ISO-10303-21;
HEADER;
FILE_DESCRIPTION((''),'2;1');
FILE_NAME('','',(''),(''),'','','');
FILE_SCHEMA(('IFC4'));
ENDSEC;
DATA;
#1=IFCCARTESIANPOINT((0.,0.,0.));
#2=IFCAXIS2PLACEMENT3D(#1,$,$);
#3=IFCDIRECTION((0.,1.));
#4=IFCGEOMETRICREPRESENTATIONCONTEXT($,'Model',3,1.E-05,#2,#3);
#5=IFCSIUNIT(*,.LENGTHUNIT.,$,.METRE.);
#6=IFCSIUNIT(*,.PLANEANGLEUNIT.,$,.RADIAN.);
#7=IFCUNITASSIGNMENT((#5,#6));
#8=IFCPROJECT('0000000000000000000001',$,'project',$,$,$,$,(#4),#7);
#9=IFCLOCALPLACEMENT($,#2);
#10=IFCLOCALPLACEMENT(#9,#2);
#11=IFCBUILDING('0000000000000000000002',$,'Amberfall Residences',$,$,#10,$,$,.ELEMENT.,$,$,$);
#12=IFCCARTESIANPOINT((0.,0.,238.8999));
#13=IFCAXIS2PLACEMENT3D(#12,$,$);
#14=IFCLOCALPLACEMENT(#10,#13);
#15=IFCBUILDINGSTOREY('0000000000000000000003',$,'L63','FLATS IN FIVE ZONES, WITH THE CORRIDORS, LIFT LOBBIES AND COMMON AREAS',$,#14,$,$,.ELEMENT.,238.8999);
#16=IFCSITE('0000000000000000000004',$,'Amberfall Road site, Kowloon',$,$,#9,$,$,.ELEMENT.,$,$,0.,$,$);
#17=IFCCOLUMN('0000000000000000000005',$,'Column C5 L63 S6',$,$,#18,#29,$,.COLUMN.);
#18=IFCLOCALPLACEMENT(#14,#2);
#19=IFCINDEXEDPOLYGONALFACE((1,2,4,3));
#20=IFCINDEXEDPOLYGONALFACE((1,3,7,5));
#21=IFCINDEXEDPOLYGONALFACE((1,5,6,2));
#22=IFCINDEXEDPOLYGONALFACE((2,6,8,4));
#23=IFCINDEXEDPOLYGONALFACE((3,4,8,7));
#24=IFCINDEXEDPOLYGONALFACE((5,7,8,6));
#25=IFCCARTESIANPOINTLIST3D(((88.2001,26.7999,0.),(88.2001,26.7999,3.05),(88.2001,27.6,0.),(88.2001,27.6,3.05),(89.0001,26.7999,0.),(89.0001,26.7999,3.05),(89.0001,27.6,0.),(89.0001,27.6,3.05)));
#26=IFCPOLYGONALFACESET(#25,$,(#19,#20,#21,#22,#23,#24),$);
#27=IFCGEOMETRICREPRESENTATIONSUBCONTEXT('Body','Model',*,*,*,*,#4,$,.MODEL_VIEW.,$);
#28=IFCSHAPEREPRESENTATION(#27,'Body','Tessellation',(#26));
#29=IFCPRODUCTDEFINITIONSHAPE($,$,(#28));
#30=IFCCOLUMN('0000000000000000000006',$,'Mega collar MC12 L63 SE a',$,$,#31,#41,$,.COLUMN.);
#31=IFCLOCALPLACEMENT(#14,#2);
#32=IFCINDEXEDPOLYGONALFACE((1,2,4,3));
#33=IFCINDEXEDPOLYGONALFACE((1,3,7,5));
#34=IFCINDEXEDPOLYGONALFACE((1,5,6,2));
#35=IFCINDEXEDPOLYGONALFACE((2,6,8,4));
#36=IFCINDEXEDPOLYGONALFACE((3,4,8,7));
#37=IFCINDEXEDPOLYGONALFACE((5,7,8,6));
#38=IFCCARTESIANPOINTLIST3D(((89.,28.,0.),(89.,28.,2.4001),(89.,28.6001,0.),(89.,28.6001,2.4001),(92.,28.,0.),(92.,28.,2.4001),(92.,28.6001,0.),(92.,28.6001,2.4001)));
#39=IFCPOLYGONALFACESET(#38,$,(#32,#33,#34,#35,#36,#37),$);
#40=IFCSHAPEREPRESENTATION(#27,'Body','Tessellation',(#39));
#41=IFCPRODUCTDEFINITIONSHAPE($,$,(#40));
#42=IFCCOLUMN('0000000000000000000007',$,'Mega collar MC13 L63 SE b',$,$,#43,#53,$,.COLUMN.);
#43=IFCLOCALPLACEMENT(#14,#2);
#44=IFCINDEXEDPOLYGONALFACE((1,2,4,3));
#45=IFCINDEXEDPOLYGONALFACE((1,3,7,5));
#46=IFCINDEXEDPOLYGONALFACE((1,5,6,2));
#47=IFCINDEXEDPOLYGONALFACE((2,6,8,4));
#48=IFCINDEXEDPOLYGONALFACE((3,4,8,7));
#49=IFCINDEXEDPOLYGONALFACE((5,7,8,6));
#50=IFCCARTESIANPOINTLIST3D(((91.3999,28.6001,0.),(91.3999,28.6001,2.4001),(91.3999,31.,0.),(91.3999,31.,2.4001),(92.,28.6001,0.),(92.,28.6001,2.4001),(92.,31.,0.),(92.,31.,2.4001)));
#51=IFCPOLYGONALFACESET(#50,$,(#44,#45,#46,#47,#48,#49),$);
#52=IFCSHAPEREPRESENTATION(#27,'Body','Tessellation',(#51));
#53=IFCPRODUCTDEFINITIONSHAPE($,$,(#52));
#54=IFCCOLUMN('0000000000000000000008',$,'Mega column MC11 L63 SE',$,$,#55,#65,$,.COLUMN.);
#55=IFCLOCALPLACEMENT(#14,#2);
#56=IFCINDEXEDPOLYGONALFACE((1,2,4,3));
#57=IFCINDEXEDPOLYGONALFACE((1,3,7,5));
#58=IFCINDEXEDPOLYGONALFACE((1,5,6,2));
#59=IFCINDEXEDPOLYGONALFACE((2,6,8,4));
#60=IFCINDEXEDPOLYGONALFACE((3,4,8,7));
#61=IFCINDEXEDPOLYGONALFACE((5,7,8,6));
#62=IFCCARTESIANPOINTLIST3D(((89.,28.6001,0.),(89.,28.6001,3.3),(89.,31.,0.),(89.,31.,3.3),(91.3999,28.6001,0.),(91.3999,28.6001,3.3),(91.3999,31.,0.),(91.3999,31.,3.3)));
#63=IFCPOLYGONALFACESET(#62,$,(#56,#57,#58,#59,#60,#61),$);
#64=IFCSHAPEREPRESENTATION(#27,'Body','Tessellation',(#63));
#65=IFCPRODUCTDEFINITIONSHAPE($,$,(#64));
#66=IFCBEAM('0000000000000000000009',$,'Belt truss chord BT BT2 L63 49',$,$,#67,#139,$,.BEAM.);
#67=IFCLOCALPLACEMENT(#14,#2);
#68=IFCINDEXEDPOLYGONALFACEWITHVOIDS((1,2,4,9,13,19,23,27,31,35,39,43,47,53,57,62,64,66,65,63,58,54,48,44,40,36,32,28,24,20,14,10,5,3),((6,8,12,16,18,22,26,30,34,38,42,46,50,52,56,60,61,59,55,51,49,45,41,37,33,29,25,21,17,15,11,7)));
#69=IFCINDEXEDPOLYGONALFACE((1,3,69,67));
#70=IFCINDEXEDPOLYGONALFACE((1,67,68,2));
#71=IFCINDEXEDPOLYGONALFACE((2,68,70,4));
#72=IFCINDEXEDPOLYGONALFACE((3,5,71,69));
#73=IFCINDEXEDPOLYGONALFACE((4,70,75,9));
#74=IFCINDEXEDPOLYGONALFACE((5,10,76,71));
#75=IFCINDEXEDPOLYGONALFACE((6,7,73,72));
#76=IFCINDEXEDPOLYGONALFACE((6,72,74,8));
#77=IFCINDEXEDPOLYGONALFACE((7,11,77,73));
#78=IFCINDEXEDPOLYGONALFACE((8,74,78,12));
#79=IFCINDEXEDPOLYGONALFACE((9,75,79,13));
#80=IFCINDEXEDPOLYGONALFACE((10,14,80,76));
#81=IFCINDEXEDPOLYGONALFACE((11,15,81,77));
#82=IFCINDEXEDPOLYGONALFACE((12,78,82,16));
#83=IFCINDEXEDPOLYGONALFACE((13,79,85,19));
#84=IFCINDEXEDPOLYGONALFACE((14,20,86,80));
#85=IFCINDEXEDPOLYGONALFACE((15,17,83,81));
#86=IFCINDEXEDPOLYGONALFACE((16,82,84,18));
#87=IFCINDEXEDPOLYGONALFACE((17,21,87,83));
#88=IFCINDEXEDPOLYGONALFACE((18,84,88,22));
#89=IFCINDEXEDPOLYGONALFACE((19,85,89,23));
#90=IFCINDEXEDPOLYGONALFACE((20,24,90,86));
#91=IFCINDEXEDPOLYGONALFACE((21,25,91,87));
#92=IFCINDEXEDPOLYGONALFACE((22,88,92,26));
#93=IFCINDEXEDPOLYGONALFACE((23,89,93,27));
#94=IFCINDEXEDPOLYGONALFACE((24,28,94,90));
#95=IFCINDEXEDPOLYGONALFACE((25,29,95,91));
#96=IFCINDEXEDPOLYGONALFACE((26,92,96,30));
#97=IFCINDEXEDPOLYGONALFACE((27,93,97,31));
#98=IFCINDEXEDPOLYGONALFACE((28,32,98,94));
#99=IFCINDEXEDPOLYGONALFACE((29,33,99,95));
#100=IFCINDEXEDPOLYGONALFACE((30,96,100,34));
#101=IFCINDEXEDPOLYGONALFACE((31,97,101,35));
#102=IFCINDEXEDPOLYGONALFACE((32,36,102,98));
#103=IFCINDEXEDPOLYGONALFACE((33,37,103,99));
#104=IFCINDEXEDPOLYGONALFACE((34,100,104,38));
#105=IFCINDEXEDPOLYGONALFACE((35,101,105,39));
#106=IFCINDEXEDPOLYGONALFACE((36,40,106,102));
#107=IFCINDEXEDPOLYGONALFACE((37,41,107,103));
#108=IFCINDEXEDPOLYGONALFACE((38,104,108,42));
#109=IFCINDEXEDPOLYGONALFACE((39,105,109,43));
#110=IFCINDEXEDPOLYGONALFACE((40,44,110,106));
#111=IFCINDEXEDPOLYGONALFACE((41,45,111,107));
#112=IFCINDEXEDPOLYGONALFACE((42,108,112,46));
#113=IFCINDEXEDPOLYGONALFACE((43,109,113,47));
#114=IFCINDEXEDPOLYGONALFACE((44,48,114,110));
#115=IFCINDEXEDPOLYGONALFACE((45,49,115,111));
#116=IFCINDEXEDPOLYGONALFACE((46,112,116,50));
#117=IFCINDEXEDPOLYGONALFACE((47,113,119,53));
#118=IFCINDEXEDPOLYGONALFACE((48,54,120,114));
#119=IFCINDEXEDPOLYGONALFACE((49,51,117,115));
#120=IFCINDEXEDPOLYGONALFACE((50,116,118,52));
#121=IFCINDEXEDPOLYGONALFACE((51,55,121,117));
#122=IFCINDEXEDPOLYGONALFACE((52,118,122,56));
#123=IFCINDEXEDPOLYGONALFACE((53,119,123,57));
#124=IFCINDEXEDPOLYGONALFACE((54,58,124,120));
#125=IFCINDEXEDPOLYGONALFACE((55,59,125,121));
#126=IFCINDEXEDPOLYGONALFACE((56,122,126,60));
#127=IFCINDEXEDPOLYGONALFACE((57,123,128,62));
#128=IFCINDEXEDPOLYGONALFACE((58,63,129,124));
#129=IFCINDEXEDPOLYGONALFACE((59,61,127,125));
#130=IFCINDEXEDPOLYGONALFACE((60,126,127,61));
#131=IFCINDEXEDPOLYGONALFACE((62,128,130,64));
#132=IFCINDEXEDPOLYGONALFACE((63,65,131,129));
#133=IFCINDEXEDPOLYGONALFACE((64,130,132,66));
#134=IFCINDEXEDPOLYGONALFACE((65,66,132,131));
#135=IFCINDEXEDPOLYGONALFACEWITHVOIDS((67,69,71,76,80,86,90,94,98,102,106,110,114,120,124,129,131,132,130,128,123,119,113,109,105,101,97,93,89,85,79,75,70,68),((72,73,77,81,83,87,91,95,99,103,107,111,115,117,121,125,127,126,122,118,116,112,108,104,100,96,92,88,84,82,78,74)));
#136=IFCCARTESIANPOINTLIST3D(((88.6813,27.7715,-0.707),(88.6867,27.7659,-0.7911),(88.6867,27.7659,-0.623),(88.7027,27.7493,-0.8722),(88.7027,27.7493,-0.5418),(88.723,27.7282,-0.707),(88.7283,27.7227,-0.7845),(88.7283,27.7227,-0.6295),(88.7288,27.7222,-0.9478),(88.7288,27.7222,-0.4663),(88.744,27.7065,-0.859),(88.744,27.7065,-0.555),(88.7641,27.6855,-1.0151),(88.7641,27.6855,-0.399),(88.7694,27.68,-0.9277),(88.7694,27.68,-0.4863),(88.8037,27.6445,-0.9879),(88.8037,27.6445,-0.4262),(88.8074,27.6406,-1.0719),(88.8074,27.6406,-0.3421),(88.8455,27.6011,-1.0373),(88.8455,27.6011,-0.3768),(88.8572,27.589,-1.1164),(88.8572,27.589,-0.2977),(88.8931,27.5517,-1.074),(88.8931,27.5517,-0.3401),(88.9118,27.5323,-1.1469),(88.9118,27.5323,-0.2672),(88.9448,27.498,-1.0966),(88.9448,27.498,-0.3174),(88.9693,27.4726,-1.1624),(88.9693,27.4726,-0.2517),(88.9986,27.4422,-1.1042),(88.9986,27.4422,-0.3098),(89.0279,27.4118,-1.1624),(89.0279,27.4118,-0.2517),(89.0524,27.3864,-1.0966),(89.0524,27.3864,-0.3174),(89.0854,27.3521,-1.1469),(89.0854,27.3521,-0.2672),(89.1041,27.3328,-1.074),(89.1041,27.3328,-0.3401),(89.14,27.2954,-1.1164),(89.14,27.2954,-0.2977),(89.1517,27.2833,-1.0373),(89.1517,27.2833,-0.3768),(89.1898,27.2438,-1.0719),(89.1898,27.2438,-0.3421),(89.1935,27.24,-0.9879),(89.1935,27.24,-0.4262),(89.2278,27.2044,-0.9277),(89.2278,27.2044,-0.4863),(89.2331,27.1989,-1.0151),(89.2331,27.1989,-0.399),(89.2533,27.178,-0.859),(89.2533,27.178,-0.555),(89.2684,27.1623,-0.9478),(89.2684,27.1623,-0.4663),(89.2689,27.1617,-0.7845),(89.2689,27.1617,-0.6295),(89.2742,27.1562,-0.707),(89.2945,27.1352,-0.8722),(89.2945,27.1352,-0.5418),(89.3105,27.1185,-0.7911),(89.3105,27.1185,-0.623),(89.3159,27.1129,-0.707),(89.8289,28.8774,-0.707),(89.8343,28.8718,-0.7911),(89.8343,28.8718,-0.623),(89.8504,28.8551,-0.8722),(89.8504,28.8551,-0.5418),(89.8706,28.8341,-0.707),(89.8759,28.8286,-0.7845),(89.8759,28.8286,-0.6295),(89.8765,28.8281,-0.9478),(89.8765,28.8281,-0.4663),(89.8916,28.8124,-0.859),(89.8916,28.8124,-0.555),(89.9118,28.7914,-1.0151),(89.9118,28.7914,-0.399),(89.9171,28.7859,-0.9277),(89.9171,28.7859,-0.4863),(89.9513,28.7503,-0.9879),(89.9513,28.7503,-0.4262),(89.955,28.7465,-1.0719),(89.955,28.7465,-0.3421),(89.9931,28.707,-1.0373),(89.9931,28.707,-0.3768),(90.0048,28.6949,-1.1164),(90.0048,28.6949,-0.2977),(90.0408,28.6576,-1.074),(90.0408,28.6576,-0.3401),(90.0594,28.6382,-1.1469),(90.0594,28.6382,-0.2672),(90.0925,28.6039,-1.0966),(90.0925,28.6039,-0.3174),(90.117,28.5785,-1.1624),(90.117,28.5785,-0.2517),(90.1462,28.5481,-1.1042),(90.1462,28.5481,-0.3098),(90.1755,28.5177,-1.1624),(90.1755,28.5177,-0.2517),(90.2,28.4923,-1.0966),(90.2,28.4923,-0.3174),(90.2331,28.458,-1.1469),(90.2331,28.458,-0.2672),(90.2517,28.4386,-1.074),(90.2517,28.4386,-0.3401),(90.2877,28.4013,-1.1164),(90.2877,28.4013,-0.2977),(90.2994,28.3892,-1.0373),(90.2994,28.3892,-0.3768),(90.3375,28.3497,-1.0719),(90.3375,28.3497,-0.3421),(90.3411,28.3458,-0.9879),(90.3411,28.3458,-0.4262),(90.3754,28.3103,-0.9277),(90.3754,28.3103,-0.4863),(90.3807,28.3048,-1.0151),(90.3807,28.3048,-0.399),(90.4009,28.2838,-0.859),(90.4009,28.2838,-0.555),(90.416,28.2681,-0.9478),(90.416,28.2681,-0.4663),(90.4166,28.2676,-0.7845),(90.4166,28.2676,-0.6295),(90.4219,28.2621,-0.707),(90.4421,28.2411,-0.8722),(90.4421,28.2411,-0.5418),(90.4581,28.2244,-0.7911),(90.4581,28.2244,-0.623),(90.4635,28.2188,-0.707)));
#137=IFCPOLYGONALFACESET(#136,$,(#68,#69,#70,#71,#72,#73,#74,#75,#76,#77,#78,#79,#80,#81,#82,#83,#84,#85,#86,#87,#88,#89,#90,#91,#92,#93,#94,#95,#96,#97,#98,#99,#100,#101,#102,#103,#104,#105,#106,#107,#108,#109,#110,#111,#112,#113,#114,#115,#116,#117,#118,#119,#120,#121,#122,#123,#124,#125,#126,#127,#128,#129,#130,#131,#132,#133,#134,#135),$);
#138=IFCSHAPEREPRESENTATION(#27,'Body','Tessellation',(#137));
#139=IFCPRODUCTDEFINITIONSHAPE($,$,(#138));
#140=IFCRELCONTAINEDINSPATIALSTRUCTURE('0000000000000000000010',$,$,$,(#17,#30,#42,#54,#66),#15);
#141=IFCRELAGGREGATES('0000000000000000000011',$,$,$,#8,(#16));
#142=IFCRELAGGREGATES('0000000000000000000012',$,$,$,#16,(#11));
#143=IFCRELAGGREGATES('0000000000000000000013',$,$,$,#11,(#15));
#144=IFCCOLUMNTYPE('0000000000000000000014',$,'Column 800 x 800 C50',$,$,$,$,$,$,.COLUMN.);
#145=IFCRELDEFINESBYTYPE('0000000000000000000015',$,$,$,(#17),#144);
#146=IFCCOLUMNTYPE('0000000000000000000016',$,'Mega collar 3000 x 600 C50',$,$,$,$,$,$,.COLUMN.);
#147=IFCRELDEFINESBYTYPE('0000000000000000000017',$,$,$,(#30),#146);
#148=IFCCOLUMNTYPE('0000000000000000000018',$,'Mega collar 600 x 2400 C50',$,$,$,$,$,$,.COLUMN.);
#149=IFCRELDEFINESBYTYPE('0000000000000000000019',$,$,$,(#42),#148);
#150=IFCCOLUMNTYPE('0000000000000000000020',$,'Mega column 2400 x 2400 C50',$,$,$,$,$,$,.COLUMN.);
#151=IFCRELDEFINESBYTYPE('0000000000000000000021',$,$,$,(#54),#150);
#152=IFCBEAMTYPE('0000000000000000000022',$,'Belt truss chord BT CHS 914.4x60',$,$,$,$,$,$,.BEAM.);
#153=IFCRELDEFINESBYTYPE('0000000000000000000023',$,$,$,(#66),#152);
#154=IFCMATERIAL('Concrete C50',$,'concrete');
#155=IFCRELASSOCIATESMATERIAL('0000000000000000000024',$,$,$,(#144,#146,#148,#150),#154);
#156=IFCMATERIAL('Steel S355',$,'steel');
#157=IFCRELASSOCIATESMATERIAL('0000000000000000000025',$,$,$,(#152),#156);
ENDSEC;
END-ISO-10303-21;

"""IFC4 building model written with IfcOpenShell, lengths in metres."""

from ifc_helpers import new_model, si_unit, direction, frame, origin, origin_2d, place, context, subcontext, project, spatial, rectangle, hollow_circle, extrude, material, material_profile, profile_set, type_object, element, save


model = new_model("IFC4")

# Units and contexts
model_context = context("Model", 3, precision=1e-05, world=origin(), true_north=direction((0.0, 1.0)))
body_context = subcontext(model_context, "Body", "Model", "MODEL_VIEW")
ifc_project = project(units=[si_unit("LENGTHUNIT", "METRE"), si_unit("PLANEANGLEUNIT", "RADIAN")], contexts=[model_context])

# Site, building, storey
site_placement = place(None, origin())
site = spatial("IfcSite", under=ifc_project, at=site_placement, Name="Amberfall Road site, Kowloon", CompositionType="ELEMENT", RefElevation=0.0)
building_placement = place(site_placement, origin())
building = spatial("IfcBuilding", under=site, at=building_placement, Name="Amberfall Residences", CompositionType="ELEMENT")
storey_placement = place(building_placement, frame((0.0, 0.0, 238.8999)))
storey = spatial("IfcBuildingStorey", under=building, at=storey_placement, Name="L63", Description="FLATS IN FIVE ZONES, WITH THE CORRIDORS, LIFT LOBBIES AND COMMON AREAS", CompositionType="ELEMENT", Elevation=238.8999)

# Columns
ifc_material_1 = material(Name="Concrete C50", Category="concrete")
ifc_material_profile_1 = material_profile(ifc_material_1, rectangle(XDim=0.8, YDim=0.8, at=origin_2d()), Name="Column 800 x 800 C50")
ifc_profile_set_1 = profile_set([ifc_material_profile_1], Name="Concrete C50")
column_type_1 = type_object("IfcColumnType", Name="Column 800 x 800 C50", PredefinedType="COLUMN", material=ifc_profile_set_1)
column_1_placement = place(storey_placement, frame((88.6001, 27.2, 0.0), z_axis=(0.0, 0.0, 1.0), x_axis=(1.0, 0.0, 0.0)))
element("IfcColumn", 1, at=column_1_placement, inside=storey, type_object=column_type_1, Name="Column C5 L63 S6", PredefinedType="COLUMN", context=body_context, shape_type="SweptSolid", body=[
    extrude(rectangle(XDim=0.8, YDim=0.8, at=origin_2d()), origin(), (0.0, 0.0, 1.0), 3.05),
])
ifc_material_profile_2 = material_profile(ifc_material_1, rectangle(XDim=3.0, YDim=0.6001, at=origin_2d()), Name="Mega collar 3000 x 600 C50")
ifc_profile_set_2 = profile_set([ifc_material_profile_2], Name="Concrete C50")
column_type_2 = type_object("IfcColumnType", Name="Mega collar 3000 x 600 C50", PredefinedType="COLUMN", material=ifc_profile_set_2)
column_2_placement = place(storey_placement, frame((90.5, 28.3, 0.0), z_axis=(0.0, 0.0, 1.0), x_axis=(1.0, 0.0, 0.0)))
element("IfcColumn", 2, at=column_2_placement, inside=storey, type_object=column_type_2, Name="Mega collar MC12 L63 SE a", PredefinedType="COLUMN", context=body_context, shape_type="SweptSolid", body=[
    extrude(rectangle(XDim=3.0, YDim=0.6001, at=origin_2d()), origin(), (0.0, 0.0, 1.0), 2.4001),
])
ifc_material_profile_3 = material_profile(ifc_material_1, rectangle(XDim=0.6001, YDim=2.3999, at=origin_2d()), Name="Mega collar 600 x 2400 C50")
ifc_profile_set_3 = profile_set([ifc_material_profile_3], Name="Concrete C50")
column_type_3 = type_object("IfcColumnType", Name="Mega collar 600 x 2400 C50", PredefinedType="COLUMN", material=ifc_profile_set_3)
column_3_placement = place(storey_placement, frame((91.7, 29.8, 0.0), z_axis=(0.0, 0.0, 1.0), x_axis=(1.0, 0.0, 0.0)))
element("IfcColumn", 3, at=column_3_placement, inside=storey, type_object=column_type_3, Name="Mega collar MC13 L63 SE b", PredefinedType="COLUMN", context=body_context, shape_type="SweptSolid", body=[
    extrude(rectangle(XDim=0.6001, YDim=2.3999, at=origin_2d()), origin(), (0.0, 0.0, 1.0), 2.4001),
])
ifc_material_profile_4 = material_profile(ifc_material_1, rectangle(XDim=2.3999, YDim=2.3999, at=origin_2d()), Name="Mega column 2400 x 2400 C50")
ifc_profile_set_4 = profile_set([ifc_material_profile_4], Name="Concrete C50")
column_type_4 = type_object("IfcColumnType", Name="Mega column 2400 x 2400 C50", PredefinedType="COLUMN", material=ifc_profile_set_4)
column_4_placement = place(storey_placement, frame((90.2, 29.8, 0.0), z_axis=(0.0, 0.0, 1.0), x_axis=(1.0, 0.0, 0.0)))
element("IfcColumn", 4, at=column_4_placement, inside=storey, type_object=column_type_4, Name="Mega column MC11 L63 SE", PredefinedType="COLUMN", context=body_context, shape_type="SweptSolid", body=[
    extrude(rectangle(XDim=2.3999, YDim=2.3999, at=origin_2d()), origin(), (0.0, 0.0, 1.0), 3.3),
])

# Beam
ifc_material_2 = material(Name="Steel S355", Category="steel")
ifc_material_profile_5 = material_profile(ifc_material_2, hollow_circle(Radius=0.4573, WallThickness=0.0601, at=origin_2d()), Name="CHS 914.4x60")
ifc_profile_set_5 = profile_set([ifc_material_profile_5], Name="Steel S355")
beam_type_1 = type_object("IfcBeamType", Name="Belt truss chord BT CHS 914.4x60", PredefinedType="BEAM", material=ifc_profile_set_5)
for number, where, z_axis, x_axis, name in (
    (5, (90.1462, 28.5481, -0.707), (-0.720082, -0.693889, 0.0), (0.693889, -0.720082, 0.0), "Belt truss chord BT BT2 L63 49"),
):
    element("IfcBeam", number, at=place(storey_placement, frame(where, z_axis=z_axis, x_axis=x_axis)), inside=storey, type_object=beam_type_1, Name=name, PredefinedType="BEAM", context=body_context, shape_type="SweptSolid", body=[
        extrude(hollow_circle(Radius=0.4573, WallThickness=0.0601, at=origin_2d()), origin(), (0.0, 0.0, 1.0), 1.5938),
    ])

save(model, "model.ifc")
